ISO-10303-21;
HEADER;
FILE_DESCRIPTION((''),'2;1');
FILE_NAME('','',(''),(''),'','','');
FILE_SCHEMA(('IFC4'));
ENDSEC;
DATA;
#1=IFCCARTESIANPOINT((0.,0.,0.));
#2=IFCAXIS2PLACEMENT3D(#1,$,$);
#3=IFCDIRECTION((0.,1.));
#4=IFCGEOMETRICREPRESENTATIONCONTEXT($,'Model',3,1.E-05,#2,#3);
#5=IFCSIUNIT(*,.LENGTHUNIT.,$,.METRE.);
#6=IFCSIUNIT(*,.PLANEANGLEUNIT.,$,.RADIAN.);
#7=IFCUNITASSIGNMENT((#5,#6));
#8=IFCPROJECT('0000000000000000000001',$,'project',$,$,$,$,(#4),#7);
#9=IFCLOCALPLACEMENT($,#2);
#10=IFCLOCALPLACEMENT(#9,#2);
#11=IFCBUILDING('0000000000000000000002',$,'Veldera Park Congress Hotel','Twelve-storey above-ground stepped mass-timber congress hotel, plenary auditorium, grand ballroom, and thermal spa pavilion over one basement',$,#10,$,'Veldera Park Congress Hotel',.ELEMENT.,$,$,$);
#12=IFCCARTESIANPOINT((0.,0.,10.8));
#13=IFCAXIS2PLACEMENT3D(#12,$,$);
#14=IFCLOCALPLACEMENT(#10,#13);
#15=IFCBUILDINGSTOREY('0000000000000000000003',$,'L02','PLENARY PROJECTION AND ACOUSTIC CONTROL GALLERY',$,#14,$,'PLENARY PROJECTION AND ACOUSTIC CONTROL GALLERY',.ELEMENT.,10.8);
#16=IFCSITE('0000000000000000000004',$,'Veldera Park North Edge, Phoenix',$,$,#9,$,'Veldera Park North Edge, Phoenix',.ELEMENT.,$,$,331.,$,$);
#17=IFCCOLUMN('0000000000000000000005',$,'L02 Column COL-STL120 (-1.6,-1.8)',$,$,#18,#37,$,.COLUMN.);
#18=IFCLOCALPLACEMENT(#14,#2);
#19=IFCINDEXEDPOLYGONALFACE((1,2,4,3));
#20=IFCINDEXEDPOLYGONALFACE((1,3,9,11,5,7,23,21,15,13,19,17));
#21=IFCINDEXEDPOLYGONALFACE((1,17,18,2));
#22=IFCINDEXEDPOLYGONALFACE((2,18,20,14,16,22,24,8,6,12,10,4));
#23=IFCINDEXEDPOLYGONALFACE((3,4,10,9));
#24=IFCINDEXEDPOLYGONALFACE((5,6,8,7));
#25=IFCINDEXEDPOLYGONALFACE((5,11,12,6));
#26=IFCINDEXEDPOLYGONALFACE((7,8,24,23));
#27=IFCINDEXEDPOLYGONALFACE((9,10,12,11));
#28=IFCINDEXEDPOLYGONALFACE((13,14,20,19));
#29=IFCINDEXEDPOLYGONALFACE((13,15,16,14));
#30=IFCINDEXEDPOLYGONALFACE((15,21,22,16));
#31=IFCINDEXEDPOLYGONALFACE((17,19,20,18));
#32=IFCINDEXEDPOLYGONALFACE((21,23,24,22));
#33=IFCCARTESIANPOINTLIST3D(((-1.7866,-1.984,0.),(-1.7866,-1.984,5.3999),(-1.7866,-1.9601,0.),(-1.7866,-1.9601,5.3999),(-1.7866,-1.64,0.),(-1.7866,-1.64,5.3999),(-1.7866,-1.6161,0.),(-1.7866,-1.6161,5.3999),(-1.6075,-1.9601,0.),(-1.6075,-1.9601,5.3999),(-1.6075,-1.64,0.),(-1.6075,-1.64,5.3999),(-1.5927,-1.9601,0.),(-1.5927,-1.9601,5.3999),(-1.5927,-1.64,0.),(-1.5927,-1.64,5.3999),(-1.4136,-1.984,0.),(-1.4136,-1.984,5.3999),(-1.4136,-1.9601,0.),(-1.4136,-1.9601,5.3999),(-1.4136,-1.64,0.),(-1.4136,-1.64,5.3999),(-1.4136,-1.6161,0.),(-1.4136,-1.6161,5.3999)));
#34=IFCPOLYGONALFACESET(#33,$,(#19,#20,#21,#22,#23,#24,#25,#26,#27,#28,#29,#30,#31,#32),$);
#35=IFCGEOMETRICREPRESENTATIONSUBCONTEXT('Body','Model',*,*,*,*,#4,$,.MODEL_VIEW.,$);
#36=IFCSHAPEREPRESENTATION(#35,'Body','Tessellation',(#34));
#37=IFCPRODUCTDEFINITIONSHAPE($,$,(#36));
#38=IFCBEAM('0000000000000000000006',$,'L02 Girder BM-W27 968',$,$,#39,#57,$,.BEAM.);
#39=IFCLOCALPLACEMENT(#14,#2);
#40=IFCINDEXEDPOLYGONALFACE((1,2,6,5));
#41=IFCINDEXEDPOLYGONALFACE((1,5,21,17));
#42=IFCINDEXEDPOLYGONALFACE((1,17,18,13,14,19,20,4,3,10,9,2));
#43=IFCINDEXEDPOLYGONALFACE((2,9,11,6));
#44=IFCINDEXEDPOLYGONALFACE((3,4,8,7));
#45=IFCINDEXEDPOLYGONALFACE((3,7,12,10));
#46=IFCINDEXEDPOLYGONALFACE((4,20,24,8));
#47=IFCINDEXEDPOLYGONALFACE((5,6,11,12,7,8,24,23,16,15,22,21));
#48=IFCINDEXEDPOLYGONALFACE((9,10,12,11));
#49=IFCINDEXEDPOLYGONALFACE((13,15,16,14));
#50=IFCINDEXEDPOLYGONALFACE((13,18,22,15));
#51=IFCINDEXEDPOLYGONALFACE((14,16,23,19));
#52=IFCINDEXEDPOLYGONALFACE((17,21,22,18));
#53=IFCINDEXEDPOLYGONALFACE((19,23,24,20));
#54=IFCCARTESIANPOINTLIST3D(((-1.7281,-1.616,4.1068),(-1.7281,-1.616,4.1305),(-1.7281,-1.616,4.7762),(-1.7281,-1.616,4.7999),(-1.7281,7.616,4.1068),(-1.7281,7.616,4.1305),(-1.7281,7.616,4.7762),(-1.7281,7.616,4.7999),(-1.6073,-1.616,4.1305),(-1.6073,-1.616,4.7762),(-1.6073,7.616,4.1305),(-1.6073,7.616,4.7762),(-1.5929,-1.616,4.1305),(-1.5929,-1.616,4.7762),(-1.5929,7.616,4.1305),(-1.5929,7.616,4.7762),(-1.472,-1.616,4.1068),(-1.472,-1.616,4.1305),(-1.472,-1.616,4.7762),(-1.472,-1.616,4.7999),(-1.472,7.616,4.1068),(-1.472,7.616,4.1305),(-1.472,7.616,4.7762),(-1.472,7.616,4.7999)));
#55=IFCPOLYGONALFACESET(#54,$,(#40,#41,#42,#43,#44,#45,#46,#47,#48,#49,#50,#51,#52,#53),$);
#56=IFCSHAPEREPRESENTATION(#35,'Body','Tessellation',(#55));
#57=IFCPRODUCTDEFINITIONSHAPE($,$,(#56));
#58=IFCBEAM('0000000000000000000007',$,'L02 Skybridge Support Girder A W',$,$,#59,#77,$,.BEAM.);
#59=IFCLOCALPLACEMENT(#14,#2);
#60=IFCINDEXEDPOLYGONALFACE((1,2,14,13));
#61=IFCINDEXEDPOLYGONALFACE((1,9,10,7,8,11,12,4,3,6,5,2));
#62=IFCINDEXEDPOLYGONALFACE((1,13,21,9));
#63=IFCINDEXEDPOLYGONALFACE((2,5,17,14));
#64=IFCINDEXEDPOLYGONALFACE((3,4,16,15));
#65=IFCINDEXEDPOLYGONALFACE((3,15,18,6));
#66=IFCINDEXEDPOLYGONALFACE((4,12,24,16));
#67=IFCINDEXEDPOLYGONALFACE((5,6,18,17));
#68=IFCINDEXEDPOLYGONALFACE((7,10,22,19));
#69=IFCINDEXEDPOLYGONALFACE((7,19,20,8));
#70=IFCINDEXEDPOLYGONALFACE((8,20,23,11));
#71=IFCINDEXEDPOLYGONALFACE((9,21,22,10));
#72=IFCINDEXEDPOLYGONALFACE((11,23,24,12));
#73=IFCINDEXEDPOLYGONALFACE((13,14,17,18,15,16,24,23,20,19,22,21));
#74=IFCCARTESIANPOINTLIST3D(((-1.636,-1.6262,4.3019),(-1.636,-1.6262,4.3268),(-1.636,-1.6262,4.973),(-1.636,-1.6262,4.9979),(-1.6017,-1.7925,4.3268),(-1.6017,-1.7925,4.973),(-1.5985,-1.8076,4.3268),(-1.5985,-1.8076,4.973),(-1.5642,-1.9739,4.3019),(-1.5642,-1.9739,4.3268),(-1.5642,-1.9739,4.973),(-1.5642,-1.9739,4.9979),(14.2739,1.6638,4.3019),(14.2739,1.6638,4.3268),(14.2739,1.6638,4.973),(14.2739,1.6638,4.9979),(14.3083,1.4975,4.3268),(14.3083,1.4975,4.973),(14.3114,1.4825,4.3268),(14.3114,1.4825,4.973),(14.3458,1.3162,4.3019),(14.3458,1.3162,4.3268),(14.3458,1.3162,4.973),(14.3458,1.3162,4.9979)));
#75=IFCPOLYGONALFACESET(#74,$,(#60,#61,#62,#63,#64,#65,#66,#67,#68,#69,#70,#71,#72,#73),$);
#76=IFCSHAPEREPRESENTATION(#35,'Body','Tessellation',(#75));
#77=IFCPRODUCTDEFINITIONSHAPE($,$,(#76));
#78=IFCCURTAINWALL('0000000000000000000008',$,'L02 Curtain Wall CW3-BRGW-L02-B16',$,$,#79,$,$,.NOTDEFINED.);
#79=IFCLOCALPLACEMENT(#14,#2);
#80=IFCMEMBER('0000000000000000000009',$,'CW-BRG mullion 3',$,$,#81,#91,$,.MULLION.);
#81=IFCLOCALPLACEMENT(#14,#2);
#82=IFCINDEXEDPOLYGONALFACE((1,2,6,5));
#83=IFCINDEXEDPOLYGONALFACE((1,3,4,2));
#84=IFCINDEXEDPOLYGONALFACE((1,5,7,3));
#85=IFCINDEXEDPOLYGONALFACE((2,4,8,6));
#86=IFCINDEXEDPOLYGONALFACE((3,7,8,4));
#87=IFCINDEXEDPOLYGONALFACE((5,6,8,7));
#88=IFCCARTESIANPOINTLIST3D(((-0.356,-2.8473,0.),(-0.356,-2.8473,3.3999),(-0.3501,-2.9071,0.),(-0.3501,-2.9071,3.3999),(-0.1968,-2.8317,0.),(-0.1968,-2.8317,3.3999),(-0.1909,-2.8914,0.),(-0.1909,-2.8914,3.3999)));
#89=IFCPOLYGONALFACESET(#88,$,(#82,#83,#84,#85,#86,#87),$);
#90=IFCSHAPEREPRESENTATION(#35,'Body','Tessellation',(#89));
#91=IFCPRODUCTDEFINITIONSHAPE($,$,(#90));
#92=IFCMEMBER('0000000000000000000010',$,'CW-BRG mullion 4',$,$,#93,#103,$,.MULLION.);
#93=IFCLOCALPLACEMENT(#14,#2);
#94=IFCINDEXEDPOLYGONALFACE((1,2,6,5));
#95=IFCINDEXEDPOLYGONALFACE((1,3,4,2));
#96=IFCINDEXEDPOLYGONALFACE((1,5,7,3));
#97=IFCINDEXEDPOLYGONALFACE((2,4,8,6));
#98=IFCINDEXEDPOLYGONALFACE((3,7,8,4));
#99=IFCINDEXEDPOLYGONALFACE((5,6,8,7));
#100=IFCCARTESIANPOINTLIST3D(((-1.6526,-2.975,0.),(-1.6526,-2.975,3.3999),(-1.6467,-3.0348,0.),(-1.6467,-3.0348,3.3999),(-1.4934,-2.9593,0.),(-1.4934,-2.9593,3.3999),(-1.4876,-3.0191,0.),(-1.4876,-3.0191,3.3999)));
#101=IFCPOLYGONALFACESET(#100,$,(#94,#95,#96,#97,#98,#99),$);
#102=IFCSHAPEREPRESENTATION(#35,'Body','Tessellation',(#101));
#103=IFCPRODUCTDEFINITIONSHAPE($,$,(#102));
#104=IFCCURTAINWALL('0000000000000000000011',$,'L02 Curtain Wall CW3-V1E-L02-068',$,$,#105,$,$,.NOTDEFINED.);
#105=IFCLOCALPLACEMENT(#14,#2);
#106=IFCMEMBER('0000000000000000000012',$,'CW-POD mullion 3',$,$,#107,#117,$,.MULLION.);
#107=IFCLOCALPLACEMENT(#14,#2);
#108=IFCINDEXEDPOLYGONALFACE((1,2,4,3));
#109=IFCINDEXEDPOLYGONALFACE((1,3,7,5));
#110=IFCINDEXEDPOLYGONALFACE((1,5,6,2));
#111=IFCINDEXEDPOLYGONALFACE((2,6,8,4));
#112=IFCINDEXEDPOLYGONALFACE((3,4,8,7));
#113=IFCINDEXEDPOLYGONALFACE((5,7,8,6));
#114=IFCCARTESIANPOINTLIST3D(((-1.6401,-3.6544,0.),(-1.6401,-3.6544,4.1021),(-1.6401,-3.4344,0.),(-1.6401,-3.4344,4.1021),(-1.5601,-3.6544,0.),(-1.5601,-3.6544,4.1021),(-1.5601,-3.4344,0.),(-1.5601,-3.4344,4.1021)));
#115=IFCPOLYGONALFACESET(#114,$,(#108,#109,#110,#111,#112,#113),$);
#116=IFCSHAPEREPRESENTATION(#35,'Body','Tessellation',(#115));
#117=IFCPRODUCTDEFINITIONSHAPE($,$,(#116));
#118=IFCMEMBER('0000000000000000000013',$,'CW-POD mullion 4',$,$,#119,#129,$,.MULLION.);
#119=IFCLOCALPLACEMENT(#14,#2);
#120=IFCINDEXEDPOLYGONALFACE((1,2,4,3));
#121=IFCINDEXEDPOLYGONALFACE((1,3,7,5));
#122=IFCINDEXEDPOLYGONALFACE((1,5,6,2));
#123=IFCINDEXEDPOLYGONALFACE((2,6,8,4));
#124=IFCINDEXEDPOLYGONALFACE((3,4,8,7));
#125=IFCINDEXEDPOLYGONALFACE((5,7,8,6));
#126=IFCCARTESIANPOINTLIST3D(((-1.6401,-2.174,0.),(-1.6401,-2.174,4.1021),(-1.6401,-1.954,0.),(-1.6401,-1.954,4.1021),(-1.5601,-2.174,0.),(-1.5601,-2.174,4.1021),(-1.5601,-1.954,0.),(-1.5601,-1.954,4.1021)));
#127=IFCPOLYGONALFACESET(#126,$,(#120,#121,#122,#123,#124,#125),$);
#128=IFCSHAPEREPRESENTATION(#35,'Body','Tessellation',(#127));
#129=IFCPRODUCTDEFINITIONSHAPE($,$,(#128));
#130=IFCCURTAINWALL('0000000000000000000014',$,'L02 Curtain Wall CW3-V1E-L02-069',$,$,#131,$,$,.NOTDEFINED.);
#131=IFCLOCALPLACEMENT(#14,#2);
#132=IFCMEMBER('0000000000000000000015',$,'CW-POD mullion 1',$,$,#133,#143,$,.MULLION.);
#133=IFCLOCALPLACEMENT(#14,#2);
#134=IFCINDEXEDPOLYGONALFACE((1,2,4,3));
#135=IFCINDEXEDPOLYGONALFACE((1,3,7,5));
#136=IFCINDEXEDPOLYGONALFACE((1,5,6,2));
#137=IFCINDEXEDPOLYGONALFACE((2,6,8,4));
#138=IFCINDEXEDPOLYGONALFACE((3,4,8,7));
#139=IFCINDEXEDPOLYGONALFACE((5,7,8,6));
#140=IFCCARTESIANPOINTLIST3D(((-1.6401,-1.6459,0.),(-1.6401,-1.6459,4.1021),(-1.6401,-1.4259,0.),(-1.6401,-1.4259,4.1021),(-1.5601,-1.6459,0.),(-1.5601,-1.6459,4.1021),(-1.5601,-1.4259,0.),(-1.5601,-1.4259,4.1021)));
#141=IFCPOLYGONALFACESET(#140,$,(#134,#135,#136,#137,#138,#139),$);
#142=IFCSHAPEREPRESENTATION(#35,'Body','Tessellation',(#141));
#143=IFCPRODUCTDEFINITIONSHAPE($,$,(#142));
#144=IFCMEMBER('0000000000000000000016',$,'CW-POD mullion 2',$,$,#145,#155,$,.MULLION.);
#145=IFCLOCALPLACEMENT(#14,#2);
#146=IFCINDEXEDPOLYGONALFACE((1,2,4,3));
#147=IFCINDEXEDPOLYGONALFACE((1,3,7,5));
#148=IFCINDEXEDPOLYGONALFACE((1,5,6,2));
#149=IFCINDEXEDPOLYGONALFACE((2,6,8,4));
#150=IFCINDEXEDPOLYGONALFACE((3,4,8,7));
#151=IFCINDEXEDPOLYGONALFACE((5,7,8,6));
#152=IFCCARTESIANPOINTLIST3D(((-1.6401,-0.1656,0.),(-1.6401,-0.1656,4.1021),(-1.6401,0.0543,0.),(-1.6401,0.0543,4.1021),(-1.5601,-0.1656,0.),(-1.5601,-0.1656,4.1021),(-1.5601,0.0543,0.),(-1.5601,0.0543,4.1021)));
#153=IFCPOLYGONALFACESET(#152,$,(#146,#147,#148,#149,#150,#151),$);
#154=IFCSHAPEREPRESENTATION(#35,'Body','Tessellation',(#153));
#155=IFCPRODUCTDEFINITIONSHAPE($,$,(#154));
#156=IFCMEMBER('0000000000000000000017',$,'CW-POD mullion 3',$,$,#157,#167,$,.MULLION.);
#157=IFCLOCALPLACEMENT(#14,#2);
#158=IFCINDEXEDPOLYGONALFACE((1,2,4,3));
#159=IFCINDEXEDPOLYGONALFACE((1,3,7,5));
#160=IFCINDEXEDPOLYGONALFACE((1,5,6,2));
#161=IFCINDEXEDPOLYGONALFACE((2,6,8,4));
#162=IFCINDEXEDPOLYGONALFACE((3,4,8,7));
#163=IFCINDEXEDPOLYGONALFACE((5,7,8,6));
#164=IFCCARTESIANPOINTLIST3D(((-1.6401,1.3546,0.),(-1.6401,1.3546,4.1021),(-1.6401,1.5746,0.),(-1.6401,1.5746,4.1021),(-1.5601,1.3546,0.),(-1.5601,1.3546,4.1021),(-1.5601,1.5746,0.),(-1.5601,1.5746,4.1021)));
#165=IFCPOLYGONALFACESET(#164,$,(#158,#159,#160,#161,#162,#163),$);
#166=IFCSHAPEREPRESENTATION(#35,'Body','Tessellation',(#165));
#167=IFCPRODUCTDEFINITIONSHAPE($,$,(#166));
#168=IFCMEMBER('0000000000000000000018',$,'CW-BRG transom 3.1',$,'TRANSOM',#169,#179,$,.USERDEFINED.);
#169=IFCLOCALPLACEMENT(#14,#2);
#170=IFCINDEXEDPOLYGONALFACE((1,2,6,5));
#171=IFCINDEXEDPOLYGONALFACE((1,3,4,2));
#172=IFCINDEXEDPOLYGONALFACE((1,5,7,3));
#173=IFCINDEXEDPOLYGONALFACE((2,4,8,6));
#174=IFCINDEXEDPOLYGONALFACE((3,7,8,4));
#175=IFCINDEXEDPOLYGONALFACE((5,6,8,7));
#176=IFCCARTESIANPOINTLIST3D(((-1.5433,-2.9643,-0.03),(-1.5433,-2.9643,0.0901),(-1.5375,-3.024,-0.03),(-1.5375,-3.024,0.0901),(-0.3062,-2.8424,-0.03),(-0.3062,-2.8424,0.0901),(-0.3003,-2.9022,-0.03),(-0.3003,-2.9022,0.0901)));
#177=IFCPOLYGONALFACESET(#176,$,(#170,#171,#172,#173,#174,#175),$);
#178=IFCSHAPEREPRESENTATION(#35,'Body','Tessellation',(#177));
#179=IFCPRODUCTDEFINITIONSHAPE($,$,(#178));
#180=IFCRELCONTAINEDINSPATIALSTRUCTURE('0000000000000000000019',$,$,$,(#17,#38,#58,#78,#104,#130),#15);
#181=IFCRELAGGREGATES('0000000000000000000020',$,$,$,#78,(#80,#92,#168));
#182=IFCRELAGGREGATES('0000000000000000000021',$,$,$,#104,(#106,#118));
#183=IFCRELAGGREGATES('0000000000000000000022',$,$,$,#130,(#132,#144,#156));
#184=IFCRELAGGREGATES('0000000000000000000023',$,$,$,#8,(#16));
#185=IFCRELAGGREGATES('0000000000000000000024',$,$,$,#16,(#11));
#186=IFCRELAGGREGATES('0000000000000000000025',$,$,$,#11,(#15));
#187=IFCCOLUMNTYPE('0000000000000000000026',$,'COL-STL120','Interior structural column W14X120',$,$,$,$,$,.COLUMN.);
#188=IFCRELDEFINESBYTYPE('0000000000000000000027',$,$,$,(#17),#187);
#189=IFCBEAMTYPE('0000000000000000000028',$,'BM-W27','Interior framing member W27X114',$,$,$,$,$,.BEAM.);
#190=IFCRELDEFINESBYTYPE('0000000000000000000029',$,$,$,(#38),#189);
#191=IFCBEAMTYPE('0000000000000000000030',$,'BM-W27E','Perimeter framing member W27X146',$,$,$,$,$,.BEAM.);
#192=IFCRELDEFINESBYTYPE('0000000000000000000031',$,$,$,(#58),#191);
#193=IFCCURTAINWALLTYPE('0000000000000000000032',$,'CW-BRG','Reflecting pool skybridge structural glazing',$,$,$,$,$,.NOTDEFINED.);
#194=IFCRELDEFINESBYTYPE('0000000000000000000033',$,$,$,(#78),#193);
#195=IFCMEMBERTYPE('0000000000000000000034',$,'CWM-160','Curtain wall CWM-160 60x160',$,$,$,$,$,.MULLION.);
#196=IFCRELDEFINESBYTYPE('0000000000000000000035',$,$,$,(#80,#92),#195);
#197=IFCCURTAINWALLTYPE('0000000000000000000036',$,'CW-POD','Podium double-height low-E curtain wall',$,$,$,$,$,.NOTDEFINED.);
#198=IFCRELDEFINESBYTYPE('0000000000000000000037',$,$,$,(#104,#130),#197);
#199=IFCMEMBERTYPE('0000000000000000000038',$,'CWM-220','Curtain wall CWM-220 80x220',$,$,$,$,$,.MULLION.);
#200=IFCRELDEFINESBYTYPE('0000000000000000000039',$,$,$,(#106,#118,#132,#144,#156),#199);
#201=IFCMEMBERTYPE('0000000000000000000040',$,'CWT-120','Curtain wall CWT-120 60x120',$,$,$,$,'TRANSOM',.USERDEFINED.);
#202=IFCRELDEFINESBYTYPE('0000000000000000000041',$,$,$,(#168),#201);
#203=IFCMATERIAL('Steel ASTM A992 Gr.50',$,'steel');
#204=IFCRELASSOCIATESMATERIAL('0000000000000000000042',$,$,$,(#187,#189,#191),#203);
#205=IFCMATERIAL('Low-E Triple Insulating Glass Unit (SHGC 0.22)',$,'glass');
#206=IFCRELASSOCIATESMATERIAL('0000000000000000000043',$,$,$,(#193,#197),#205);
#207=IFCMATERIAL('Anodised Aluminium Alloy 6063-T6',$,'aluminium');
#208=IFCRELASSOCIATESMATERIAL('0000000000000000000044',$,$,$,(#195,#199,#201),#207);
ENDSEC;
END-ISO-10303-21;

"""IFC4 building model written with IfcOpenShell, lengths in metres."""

from ifc_helpers import new_model, si_unit, direction, frame, origin, origin_2d, place, context, subcontext, project, spatial, rectangle, i_section, extrude, material, material_profile, profile_set, type_object, element, aggregate, save


model = new_model("IFC4")

# Units and contexts
model_context = context("Model", 3, precision=1e-05, world=origin(), true_north=direction((0.0, 1.0)))
body_context = subcontext(model_context, "Body", "Model", "MODEL_VIEW")
ifc_project = project(units=[si_unit("LENGTHUNIT", "METRE"), si_unit("PLANEANGLEUNIT", "RADIAN")], contexts=[model_context])

# Site, building, storey
site_placement = place(None, origin())
site = spatial("IfcSite", under=ifc_project, at=site_placement, Name="Veldera Park North Edge, Phoenix", LongName="Veldera Park North Edge, Phoenix", CompositionType="ELEMENT", RefElevation=331.0)
building_placement = place(site_placement, origin())
building = spatial("IfcBuilding", under=site, at=building_placement, Name="Veldera Park Congress Hotel", Description="Twelve-storey above-ground stepped mass-timber congress hotel, plenary auditorium, grand ballroom, and thermal spa pavilion over one basement", LongName="Veldera Park Congress Hotel", CompositionType="ELEMENT")
storey_placement = place(building_placement, frame((0.0, 0.0, 10.8)))
storey = spatial("IfcBuildingStorey", under=building, at=storey_placement, Name="L02", Description="PLENARY PROJECTION AND ACOUSTIC CONTROL GALLERY", LongName="PLENARY PROJECTION AND ACOUSTIC CONTROL GALLERY", CompositionType="ELEMENT", Elevation=10.8)

# Column
ifc_material_1 = material(Name="Steel ASTM A992 Gr.50", Category="steel")
ifc_material_profile_1 = material_profile(ifc_material_1, i_section(OverallWidth=0.373, OverallDepth=0.3679, WebThickness=0.0149, FlangeThickness=0.0239, at=origin_2d()), Name="W14X120")
ifc_profile_set_1 = profile_set([ifc_material_profile_1], Name="Steel ASTM A992 Gr.50")
column_type = type_object("IfcColumnType", Name="COL-STL120", Description="Interior structural column W14X120", PredefinedType="COLUMN", material=ifc_profile_set_1)
column_placement = place(storey_placement, frame((-1.6001, -1.8, 0.0), z_axis=(0.0, 0.0, 1.0), x_axis=(1.0, 0.0, 0.0)))
element("IfcColumn", 1, at=column_placement, inside=storey, type_object=column_type, Name="L02 Column COL-STL120 (-1.6,-1.8)", PredefinedType="COLUMN", context=body_context, shape_type="SweptSolid", body=[
    extrude(i_section(OverallWidth=0.373, OverallDepth=0.3679, WebThickness=0.0149, FlangeThickness=0.0239, at=origin_2d()), origin(), (0.0, 0.0, 1.0), 5.3999),
])

# Beams
ifc_material_profile_2 = material_profile(ifc_material_1, i_section(OverallWidth=0.2561, OverallDepth=0.6931, WebThickness=0.0144, FlangeThickness=0.0237, at=origin_2d()), Name="W27X114")
ifc_profile_set_2 = profile_set([ifc_material_profile_2], Name="Steel ASTM A992 Gr.50")
beam_type_1 = type_object("IfcBeamType", Name="BM-W27", Description="Interior framing member W27X114", PredefinedType="BEAM", material=ifc_profile_set_2)
beam_1_placement = place(storey_placement, frame((-1.6001, -1.616, 4.4534), z_axis=(0.0, 1.0, 0.0), x_axis=(-1.0, 0.0, 0.0)))
element("IfcBeam", 2, at=beam_1_placement, inside=storey, type_object=beam_type_1, Name="L02 Girder BM-W27 968", PredefinedType="BEAM", context=body_context, shape_type="SweptSolid", body=[
    extrude(i_section(OverallWidth=0.2561, OverallDepth=0.6931, WebThickness=0.0144, FlangeThickness=0.0237, at=origin_2d()), origin(), (0.0, 0.0, 1.0), 9.2319),
])
ifc_material_profile_3 = material_profile(ifc_material_1, i_section(OverallWidth=0.355, OverallDepth=0.696, WebThickness=0.0154, FlangeThickness=0.0249, at=origin_2d()), Name="W27X146")
ifc_profile_set_3 = profile_set([ifc_material_profile_3], Name="Steel ASTM A992 Gr.50")
beam_type_2 = type_object("IfcBeamType", Name="BM-W27E", Description="Perimeter framing member W27X146", PredefinedType="BEAM", material=ifc_profile_set_3)
beam_2_placement = place(storey_placement, frame((-1.6001, -1.8, 4.6499), z_axis=(0.979281, 0.202507, 0.0), x_axis=(-0.202507, 0.979281, 0.0)))
element("IfcBeam", 3, at=beam_2_placement, inside=storey, type_object=beam_type_2, Name="L02 Skybridge Support Girder A W", PredefinedType="BEAM", context=body_context, shape_type="SweptSolid", body=[
    extrude(i_section(OverallWidth=0.355, OverallDepth=0.696, WebThickness=0.0154, FlangeThickness=0.0249, at=origin_2d()), origin(), (0.0, 0.0, 1.0), 16.2466),
])

# Curtain walls, members
ifc_material_2 = material(Name="Low-E Triple Insulating Glass Unit (SHGC 0.22)", Category="glass")
curtain_wall_type_1 = type_object("IfcCurtainWallType", Name="CW-BRG", Description="Reflecting pool skybridge structural glazing", PredefinedType="NOTDEFINED", material=ifc_material_2)
curtain_wall_1_placement = place(storey_placement, origin())
curtain_wall_1 = element("IfcCurtainWall", 4, at=curtain_wall_1_placement, inside=storey, type_object=curtain_wall_type_1, Name="L02 Curtain Wall CW3-BRGW-L02-B16", PredefinedType="NOTDEFINED")
ifc_material_3 = material(Name="Anodised Aluminium Alloy 6063-T6", Category="aluminium")
ifc_material_profile_4 = material_profile(ifc_material_3, rectangle(XDim=0.0601, YDim=0.1599, at=origin_2d()), Name="ALU 60x160")
ifc_profile_set_4 = profile_set([ifc_material_profile_4], Name="Anodised Aluminium Alloy 6063-T6")
member_type_1 = type_object("IfcMemberType", Name="CWM-160", Description="Curtain wall CWM-160 60x160", PredefinedType="MULLION", material=ifc_profile_set_4)
member_1_placement = place(storey_placement, frame((-0.2734, -2.8694, 0.0), z_axis=(0.0, 0.0, 1.0), x_axis=(0.098023, -0.995184, 0.0)))
member_1 = element("IfcMember", 5, at=member_1_placement, type_object=member_type_1, Name="CW-BRG mullion 3", PredefinedType="MULLION", context=body_context, shape_type="SweptSolid", body=[
    extrude(rectangle(XDim=0.0601, YDim=0.1599, at=origin_2d()), origin(), (0.0, 0.0, 1.0), 3.3999),
])
member_2_placement = place(storey_placement, frame((-1.5701, -2.9971, 0.0), z_axis=(0.0, 0.0, 1.0), x_axis=(0.098023, -0.995184, 0.0)))
member_2 = element("IfcMember", 6, at=member_2_placement, type_object=member_type_1, Name="CW-BRG mullion 4", PredefinedType="MULLION", context=body_context, shape_type="SweptSolid", body=[
    extrude(rectangle(XDim=0.0601, YDim=0.1599, at=origin_2d()), origin(), (0.0, 0.0, 1.0), 3.3999),
])
curtain_wall_type_2 = type_object("IfcCurtainWallType", Name="CW-POD", Description="Podium double-height low-E curtain wall", PredefinedType="NOTDEFINED", material=ifc_material_2)
curtain_wall_2_placement = place(storey_placement, origin())
curtain_wall_2 = element("IfcCurtainWall", 7, at=curtain_wall_2_placement, inside=storey, type_object=curtain_wall_type_2, Name="L02 Curtain Wall CW3-V1E-L02-068", PredefinedType="NOTDEFINED")
ifc_material_profile_5 = material_profile(ifc_material_3, rectangle(XDim=0.0801, YDim=0.22, at=origin_2d()), Name="ALU 80x220")
ifc_profile_set_5 = profile_set([ifc_material_profile_5], Name="Anodised Aluminium Alloy 6063-T6")
member_type_2 = type_object("IfcMemberType", Name="CWM-220", Description="Curtain wall CWM-220 80x220", PredefinedType="MULLION", material=ifc_profile_set_5)
member_3_placement = place(storey_placement, frame((-1.6001, -3.5444, 0.0), z_axis=(0.0, 0.0, 1.0), x_axis=(-1.0, 0.0, 0.0)))
member_3 = element("IfcMember", 8, at=member_3_placement, type_object=member_type_2, Name="CW-POD mullion 3", PredefinedType="MULLION", context=body_context, shape_type="SweptSolid", body=[
    extrude(rectangle(XDim=0.0801, YDim=0.22, at=origin_2d()), origin(), (0.0, 0.0, 1.0), 4.1021),
])
member_4_placement = place(storey_placement, frame((-1.6001, -2.064, 0.0), z_axis=(0.0, 0.0, 1.0), x_axis=(-1.0, 0.0, 0.0)))
member_4 = element("IfcMember", 9, at=member_4_placement, type_object=member_type_2, Name="CW-POD mullion 4", PredefinedType="MULLION", context=body_context, shape_type="SweptSolid", body=[
    extrude(rectangle(XDim=0.0801, YDim=0.22, at=origin_2d()), origin(), (0.0, 0.0, 1.0), 4.1021),
])
curtain_wall_3_placement = place(storey_placement, origin())
curtain_wall_3 = element("IfcCurtainWall", 10, at=curtain_wall_3_placement, inside=storey, type_object=curtain_wall_type_2, Name="L02 Curtain Wall CW3-V1E-L02-069", PredefinedType="NOTDEFINED")
member_5_placement = place(storey_placement, frame((-1.6001, -1.5359, 0.0), z_axis=(0.0, 0.0, 1.0), x_axis=(-1.0, 0.0, 0.0)))
member_5 = element("IfcMember", 11, at=member_5_placement, type_object=member_type_2, Name="CW-POD mullion 1", PredefinedType="MULLION", context=body_context, shape_type="SweptSolid", body=[
    extrude(rectangle(XDim=0.0801, YDim=0.22, at=origin_2d()), origin(), (0.0, 0.0, 1.0), 4.1021),
])
member_6_placement = place(storey_placement, frame((-1.6001, -0.0557, 0.0), z_axis=(0.0, 0.0, 1.0), x_axis=(-1.0, 0.0, 0.0)))
member_6 = element("IfcMember", 12, at=member_6_placement, type_object=member_type_2, Name="CW-POD mullion 2", PredefinedType="MULLION", context=body_context, shape_type="SweptSolid", body=[
    extrude(rectangle(XDim=0.0801, YDim=0.22, at=origin_2d()), origin(), (0.0, 0.0, 1.0), 4.1021),
])
member_7_placement = place(storey_placement, frame((-1.6001, 1.4646, 0.0), z_axis=(0.0, 0.0, 1.0), x_axis=(-1.0, 0.0, 0.0)))
member_7 = element("IfcMember", 13, at=member_7_placement, type_object=member_type_2, Name="CW-POD mullion 3", PredefinedType="MULLION", context=body_context, shape_type="SweptSolid", body=[
    extrude(rectangle(XDim=0.0801, YDim=0.22, at=origin_2d()), origin(), (0.0, 0.0, 1.0), 4.1021),
])

# Member
ifc_material_profile_6 = material_profile(ifc_material_3, rectangle(XDim=0.0601, YDim=0.1201, at=origin_2d()), Name="ALU 60x120")
ifc_profile_set_6 = profile_set([ifc_material_profile_6], Name="Anodised Aluminium Alloy 6063-T6")
member_type_3 = type_object("IfcMemberType", Name="CWT-120", Description="Curtain wall CWT-120 60x120", ElementType="TRANSOM", PredefinedType="USERDEFINED", material=ifc_profile_set_6)
member_8_placement = place(storey_placement, frame((-0.3032, -2.8723, 0.03), z_axis=(-0.995186, -0.098006, 0.0), x_axis=(0.098006, -0.995186, 0.0)))
member_8 = element("IfcMember", 14, at=member_8_placement, type_object=member_type_3, Name="CW-BRG transom 3.1", ObjectType="TRANSOM", PredefinedType="USERDEFINED", context=body_context, shape_type="SweptSolid", body=[
    extrude(rectangle(XDim=0.0601, YDim=0.1201, at=origin_2d()), origin(), (0.0, 0.0, 1.0), 1.2432),
])

aggregate(curtain_wall_1, [member_1, member_2, member_8])
aggregate(curtain_wall_2, [member_3, member_4])
aggregate(curtain_wall_3, [member_5, member_6, member_7])

save(model, "model.ifc")
